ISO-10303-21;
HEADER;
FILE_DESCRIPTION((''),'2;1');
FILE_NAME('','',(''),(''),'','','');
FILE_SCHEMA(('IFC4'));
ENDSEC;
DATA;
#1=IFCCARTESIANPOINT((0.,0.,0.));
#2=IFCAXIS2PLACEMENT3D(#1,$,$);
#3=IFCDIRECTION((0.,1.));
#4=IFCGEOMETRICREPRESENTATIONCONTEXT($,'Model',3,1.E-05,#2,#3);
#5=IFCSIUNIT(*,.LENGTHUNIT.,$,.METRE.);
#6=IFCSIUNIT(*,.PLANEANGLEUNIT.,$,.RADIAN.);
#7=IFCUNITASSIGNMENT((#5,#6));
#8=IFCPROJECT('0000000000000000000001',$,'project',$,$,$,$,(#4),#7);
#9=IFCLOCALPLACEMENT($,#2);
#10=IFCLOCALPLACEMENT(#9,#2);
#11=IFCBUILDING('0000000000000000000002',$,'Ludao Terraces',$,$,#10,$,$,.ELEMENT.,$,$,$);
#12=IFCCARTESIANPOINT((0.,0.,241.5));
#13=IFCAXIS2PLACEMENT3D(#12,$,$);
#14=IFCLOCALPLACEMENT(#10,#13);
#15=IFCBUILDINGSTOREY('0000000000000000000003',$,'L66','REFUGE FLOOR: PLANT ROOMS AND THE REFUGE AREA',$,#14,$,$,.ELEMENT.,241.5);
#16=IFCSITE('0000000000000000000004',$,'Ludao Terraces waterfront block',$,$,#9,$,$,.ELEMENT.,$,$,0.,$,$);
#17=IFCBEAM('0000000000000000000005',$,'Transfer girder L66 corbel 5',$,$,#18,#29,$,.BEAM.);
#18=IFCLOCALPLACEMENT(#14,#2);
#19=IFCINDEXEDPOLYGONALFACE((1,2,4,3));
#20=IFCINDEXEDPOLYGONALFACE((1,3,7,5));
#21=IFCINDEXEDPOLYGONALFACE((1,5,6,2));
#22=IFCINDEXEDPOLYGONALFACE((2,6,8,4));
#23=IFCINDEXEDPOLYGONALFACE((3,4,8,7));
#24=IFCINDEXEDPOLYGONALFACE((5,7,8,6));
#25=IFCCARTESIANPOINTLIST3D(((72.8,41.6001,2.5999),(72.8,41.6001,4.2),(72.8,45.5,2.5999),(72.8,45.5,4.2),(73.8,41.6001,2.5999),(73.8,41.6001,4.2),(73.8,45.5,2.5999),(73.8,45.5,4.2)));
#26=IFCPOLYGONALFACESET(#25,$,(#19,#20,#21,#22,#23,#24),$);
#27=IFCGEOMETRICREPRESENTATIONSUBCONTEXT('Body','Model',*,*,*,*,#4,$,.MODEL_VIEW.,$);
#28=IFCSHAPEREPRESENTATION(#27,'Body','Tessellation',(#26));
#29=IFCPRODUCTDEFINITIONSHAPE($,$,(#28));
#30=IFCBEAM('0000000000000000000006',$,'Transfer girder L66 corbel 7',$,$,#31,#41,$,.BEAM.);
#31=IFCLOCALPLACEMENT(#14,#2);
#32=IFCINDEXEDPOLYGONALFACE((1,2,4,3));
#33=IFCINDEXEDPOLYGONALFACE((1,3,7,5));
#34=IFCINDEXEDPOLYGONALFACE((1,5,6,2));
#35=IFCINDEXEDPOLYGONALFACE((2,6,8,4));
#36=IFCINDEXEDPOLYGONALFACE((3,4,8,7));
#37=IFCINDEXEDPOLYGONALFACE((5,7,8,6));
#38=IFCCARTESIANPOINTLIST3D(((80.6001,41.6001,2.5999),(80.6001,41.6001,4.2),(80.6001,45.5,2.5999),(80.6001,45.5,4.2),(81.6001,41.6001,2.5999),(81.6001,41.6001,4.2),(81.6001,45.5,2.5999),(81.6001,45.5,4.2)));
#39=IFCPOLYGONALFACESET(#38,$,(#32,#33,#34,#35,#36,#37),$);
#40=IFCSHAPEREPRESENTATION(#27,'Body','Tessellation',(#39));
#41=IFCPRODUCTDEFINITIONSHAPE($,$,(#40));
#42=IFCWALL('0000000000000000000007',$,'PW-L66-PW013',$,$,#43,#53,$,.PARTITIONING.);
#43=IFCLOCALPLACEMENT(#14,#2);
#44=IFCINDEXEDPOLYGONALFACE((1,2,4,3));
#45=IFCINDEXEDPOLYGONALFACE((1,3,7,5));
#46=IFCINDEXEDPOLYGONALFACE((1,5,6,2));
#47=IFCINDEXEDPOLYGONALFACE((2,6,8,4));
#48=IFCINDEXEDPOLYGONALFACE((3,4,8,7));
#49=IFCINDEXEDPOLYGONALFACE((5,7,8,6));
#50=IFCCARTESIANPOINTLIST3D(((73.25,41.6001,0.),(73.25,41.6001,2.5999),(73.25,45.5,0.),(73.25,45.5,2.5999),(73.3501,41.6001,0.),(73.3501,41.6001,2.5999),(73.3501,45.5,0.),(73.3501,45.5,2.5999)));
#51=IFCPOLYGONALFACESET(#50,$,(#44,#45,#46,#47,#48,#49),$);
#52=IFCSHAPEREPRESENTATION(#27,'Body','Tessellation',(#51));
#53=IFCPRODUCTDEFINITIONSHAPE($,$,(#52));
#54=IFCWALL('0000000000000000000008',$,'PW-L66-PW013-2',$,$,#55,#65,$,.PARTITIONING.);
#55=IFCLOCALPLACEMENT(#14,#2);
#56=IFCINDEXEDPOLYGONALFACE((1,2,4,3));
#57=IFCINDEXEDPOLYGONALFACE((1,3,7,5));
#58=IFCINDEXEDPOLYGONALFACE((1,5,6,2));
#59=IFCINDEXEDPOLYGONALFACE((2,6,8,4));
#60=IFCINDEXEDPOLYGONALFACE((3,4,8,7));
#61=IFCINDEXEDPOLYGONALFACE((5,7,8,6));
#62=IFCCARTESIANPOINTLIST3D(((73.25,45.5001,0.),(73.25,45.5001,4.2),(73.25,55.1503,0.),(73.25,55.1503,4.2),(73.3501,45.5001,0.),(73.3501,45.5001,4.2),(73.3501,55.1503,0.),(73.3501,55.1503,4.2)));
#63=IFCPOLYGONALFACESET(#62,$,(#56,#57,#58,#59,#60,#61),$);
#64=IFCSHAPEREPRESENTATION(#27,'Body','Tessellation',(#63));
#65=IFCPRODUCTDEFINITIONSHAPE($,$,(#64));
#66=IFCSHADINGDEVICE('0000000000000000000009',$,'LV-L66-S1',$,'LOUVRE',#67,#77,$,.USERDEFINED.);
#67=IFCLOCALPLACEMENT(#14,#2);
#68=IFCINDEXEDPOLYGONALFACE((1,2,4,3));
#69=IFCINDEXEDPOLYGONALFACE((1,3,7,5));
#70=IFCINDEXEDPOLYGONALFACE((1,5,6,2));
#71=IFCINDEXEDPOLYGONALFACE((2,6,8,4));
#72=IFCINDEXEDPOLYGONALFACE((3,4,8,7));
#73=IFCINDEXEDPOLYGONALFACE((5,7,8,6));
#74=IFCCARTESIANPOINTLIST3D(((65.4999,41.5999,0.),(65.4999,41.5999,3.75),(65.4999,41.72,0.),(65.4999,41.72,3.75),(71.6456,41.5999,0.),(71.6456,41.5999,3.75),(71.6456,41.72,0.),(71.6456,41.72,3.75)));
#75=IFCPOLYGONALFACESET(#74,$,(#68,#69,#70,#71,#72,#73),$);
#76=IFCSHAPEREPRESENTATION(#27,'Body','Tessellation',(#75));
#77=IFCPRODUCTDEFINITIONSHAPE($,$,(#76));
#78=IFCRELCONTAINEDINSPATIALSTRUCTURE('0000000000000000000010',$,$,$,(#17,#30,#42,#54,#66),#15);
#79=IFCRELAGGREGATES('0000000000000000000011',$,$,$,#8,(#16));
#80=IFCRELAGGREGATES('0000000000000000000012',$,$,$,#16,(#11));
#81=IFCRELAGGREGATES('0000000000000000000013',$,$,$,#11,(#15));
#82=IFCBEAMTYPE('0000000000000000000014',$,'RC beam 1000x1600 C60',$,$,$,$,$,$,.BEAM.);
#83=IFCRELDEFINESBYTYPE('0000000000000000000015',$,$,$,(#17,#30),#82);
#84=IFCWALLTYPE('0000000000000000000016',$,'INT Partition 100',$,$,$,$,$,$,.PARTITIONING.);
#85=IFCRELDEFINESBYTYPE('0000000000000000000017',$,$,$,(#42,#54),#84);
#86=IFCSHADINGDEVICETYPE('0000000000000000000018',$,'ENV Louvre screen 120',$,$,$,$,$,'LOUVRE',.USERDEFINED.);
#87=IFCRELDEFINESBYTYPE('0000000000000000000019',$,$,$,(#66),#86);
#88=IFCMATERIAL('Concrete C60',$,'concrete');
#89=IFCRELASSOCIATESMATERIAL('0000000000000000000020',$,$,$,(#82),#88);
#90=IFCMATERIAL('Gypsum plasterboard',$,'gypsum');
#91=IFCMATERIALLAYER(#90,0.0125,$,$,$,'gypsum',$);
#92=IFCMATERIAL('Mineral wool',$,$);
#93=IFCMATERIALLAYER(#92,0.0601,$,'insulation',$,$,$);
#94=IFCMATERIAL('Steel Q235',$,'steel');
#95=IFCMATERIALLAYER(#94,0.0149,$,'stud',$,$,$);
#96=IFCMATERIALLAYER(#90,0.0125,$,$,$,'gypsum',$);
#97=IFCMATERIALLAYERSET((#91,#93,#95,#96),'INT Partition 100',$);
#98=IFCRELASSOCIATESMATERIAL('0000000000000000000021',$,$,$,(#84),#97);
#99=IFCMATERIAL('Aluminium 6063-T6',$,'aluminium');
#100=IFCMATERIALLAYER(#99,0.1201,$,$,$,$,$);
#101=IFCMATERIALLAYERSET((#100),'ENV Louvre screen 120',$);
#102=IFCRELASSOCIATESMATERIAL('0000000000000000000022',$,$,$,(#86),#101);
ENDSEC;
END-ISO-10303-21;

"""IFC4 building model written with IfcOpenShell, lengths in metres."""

from ifc_helpers import new_model, si_unit, direction, frame, frame_2d, origin, origin_2d, place, context, subcontext, project, spatial, rectangle, extrude, material, layer, layer_set, material_profile, profile_set, type_object, element, save


model = new_model("IFC4")

# Units and contexts
model_context = context("Model", 3, precision=1e-05, world=origin(), true_north=direction((0.0, 1.0)))
body_context = subcontext(model_context, "Body", "Model", "MODEL_VIEW")
ifc_project = project(units=[si_unit("LENGTHUNIT", "METRE"), si_unit("PLANEANGLEUNIT", "RADIAN")], contexts=[model_context])

# Site, building, storey
site_placement = place(None, origin())
site = spatial("IfcSite", under=ifc_project, at=site_placement, Name="Ludao Terraces waterfront block", CompositionType="ELEMENT", RefElevation=0.0)
building_placement = place(site_placement, origin())
building = spatial("IfcBuilding", under=site, at=building_placement, Name="Ludao Terraces", CompositionType="ELEMENT")
storey_placement = place(building_placement, frame((0.0, 0.0, 241.5)))
storey = spatial("IfcBuildingStorey", under=building, at=storey_placement, Name="L66", Description="REFUGE FLOOR: PLANT ROOMS AND THE REFUGE AREA", CompositionType="ELEMENT", Elevation=241.5)

# Beams
ifc_material_1 = material(Name="Concrete C60", Category="concrete")
ifc_material_profile_1 = material_profile(ifc_material_1, rectangle(XDim=1.0, YDim=1.6001, at=origin_2d()), Name="1000 X 1600")
ifc_profile_set_1 = profile_set([ifc_material_profile_1], Name="Concrete C60")
beam_type = type_object("IfcBeamType", Name="RC beam 1000x1600 C60", PredefinedType="BEAM", material=ifc_profile_set_1)
for number, where, z_axis, x_axis, name in (
    (1, (73.3, 41.6001, 3.3999), (0.0, 1.0, 0.0), (-1.0, 0.0, 0.0), "Transfer girder L66 corbel 5"),
    (2, (81.1001, 41.6001, 3.3999), (0.0, 1.0, 0.0), (-1.0, 0.0, 0.0), "Transfer girder L66 corbel 7"),
):
    element("IfcBeam", number, at=place(storey_placement, frame(where, z_axis=z_axis, x_axis=x_axis)), inside=storey, type_object=beam_type, Name=name, PredefinedType="BEAM", context=body_context, shape_type="SweptSolid", body=[
        extrude(rectangle(XDim=1.0, YDim=1.6001, at=origin_2d()), origin(), (0.0, 0.0, 1.0), 3.8999),
    ])

# Walls
ifc_material_2 = material(Name="Gypsum plasterboard", Category="gypsum")
ifc_layer_1 = layer(ifc_material_2, 0.0125, Category="gypsum")
ifc_material_3 = material(Name="Mineral wool")
ifc_layer_2 = layer(ifc_material_3, 0.0601, Name="insulation")
ifc_material_4 = material(Name="Steel Q235", Category="steel")
ifc_layer_3 = layer(ifc_material_4, 0.0149, Name="stud")
ifc_layer_4 = layer(ifc_material_2, 0.0125, Category="gypsum")
ifc_layer_set_1 = layer_set([ifc_layer_1, ifc_layer_2, ifc_layer_3, ifc_layer_4], Name="INT Partition 100")
wall_type = type_object("IfcWallType", Name="INT Partition 100", PredefinedType="PARTITIONING", material=ifc_layer_set_1)
wall_1_placement = place(storey_placement, frame((73.3, 41.6001, 0.0), z_axis=(0.0, 0.0, 1.0), x_axis=(0.0, 1.0, 0.0)))
element("IfcWall", 3, at=wall_1_placement, inside=storey, type_object=wall_type, Name="PW-L66-PW013", PredefinedType="PARTITIONING", context=body_context, shape_type="SweptSolid", body=[
    extrude(rectangle(XDim=3.8999, YDim=0.1001, at=frame_2d((1.95, 0.0))), origin(), (0.0, 0.0, 1.0), 2.5999),
])
wall_2_placement = place(storey_placement, frame((73.3, 45.5, 0.0), z_axis=(0.0, 0.0, 1.0), x_axis=(0.0, 1.0, 0.0)))
element("IfcWall", 4, at=wall_2_placement, inside=storey, type_object=wall_type, Name="PW-L66-PW013-2", PredefinedType="PARTITIONING", context=body_context, shape_type="SweptSolid", body=[
    extrude(rectangle(XDim=9.6501, YDim=0.1001, at=frame_2d((4.8252, 0.0))), origin(), (0.0, 0.0, 1.0), 4.2),
])

# Shading device
ifc_material_5 = material(Name="Aluminium 6063-T6", Category="aluminium")
ifc_layer_5 = layer(ifc_material_5, 0.1201)
ifc_layer_set_2 = layer_set([ifc_layer_5], Name="ENV Louvre screen 120")
shading_device_type = type_object("IfcShadingDeviceType", Name="ENV Louvre screen 120", ElementType="LOUVRE", PredefinedType="USERDEFINED", material=ifc_layer_set_2)
shading_device_placement = place(storey_placement, frame((65.5, 41.6599, 0.0), z_axis=(0.0, 0.0, 1.0), x_axis=(1.0, 0.0, 0.0)))
element("IfcShadingDevice", 5, at=shading_device_placement, inside=storey, type_object=shading_device_type, Name="LV-L66-S1", ObjectType="LOUVRE", PredefinedType="USERDEFINED", context=body_context, shape_type="SweptSolid", body=[
    extrude(rectangle(XDim=6.1458, YDim=0.1201, at=frame_2d((3.0728, 0.0))), origin(), (0.0, 0.0, 1.0), 3.75),
])

save(model, "model.ifc")
